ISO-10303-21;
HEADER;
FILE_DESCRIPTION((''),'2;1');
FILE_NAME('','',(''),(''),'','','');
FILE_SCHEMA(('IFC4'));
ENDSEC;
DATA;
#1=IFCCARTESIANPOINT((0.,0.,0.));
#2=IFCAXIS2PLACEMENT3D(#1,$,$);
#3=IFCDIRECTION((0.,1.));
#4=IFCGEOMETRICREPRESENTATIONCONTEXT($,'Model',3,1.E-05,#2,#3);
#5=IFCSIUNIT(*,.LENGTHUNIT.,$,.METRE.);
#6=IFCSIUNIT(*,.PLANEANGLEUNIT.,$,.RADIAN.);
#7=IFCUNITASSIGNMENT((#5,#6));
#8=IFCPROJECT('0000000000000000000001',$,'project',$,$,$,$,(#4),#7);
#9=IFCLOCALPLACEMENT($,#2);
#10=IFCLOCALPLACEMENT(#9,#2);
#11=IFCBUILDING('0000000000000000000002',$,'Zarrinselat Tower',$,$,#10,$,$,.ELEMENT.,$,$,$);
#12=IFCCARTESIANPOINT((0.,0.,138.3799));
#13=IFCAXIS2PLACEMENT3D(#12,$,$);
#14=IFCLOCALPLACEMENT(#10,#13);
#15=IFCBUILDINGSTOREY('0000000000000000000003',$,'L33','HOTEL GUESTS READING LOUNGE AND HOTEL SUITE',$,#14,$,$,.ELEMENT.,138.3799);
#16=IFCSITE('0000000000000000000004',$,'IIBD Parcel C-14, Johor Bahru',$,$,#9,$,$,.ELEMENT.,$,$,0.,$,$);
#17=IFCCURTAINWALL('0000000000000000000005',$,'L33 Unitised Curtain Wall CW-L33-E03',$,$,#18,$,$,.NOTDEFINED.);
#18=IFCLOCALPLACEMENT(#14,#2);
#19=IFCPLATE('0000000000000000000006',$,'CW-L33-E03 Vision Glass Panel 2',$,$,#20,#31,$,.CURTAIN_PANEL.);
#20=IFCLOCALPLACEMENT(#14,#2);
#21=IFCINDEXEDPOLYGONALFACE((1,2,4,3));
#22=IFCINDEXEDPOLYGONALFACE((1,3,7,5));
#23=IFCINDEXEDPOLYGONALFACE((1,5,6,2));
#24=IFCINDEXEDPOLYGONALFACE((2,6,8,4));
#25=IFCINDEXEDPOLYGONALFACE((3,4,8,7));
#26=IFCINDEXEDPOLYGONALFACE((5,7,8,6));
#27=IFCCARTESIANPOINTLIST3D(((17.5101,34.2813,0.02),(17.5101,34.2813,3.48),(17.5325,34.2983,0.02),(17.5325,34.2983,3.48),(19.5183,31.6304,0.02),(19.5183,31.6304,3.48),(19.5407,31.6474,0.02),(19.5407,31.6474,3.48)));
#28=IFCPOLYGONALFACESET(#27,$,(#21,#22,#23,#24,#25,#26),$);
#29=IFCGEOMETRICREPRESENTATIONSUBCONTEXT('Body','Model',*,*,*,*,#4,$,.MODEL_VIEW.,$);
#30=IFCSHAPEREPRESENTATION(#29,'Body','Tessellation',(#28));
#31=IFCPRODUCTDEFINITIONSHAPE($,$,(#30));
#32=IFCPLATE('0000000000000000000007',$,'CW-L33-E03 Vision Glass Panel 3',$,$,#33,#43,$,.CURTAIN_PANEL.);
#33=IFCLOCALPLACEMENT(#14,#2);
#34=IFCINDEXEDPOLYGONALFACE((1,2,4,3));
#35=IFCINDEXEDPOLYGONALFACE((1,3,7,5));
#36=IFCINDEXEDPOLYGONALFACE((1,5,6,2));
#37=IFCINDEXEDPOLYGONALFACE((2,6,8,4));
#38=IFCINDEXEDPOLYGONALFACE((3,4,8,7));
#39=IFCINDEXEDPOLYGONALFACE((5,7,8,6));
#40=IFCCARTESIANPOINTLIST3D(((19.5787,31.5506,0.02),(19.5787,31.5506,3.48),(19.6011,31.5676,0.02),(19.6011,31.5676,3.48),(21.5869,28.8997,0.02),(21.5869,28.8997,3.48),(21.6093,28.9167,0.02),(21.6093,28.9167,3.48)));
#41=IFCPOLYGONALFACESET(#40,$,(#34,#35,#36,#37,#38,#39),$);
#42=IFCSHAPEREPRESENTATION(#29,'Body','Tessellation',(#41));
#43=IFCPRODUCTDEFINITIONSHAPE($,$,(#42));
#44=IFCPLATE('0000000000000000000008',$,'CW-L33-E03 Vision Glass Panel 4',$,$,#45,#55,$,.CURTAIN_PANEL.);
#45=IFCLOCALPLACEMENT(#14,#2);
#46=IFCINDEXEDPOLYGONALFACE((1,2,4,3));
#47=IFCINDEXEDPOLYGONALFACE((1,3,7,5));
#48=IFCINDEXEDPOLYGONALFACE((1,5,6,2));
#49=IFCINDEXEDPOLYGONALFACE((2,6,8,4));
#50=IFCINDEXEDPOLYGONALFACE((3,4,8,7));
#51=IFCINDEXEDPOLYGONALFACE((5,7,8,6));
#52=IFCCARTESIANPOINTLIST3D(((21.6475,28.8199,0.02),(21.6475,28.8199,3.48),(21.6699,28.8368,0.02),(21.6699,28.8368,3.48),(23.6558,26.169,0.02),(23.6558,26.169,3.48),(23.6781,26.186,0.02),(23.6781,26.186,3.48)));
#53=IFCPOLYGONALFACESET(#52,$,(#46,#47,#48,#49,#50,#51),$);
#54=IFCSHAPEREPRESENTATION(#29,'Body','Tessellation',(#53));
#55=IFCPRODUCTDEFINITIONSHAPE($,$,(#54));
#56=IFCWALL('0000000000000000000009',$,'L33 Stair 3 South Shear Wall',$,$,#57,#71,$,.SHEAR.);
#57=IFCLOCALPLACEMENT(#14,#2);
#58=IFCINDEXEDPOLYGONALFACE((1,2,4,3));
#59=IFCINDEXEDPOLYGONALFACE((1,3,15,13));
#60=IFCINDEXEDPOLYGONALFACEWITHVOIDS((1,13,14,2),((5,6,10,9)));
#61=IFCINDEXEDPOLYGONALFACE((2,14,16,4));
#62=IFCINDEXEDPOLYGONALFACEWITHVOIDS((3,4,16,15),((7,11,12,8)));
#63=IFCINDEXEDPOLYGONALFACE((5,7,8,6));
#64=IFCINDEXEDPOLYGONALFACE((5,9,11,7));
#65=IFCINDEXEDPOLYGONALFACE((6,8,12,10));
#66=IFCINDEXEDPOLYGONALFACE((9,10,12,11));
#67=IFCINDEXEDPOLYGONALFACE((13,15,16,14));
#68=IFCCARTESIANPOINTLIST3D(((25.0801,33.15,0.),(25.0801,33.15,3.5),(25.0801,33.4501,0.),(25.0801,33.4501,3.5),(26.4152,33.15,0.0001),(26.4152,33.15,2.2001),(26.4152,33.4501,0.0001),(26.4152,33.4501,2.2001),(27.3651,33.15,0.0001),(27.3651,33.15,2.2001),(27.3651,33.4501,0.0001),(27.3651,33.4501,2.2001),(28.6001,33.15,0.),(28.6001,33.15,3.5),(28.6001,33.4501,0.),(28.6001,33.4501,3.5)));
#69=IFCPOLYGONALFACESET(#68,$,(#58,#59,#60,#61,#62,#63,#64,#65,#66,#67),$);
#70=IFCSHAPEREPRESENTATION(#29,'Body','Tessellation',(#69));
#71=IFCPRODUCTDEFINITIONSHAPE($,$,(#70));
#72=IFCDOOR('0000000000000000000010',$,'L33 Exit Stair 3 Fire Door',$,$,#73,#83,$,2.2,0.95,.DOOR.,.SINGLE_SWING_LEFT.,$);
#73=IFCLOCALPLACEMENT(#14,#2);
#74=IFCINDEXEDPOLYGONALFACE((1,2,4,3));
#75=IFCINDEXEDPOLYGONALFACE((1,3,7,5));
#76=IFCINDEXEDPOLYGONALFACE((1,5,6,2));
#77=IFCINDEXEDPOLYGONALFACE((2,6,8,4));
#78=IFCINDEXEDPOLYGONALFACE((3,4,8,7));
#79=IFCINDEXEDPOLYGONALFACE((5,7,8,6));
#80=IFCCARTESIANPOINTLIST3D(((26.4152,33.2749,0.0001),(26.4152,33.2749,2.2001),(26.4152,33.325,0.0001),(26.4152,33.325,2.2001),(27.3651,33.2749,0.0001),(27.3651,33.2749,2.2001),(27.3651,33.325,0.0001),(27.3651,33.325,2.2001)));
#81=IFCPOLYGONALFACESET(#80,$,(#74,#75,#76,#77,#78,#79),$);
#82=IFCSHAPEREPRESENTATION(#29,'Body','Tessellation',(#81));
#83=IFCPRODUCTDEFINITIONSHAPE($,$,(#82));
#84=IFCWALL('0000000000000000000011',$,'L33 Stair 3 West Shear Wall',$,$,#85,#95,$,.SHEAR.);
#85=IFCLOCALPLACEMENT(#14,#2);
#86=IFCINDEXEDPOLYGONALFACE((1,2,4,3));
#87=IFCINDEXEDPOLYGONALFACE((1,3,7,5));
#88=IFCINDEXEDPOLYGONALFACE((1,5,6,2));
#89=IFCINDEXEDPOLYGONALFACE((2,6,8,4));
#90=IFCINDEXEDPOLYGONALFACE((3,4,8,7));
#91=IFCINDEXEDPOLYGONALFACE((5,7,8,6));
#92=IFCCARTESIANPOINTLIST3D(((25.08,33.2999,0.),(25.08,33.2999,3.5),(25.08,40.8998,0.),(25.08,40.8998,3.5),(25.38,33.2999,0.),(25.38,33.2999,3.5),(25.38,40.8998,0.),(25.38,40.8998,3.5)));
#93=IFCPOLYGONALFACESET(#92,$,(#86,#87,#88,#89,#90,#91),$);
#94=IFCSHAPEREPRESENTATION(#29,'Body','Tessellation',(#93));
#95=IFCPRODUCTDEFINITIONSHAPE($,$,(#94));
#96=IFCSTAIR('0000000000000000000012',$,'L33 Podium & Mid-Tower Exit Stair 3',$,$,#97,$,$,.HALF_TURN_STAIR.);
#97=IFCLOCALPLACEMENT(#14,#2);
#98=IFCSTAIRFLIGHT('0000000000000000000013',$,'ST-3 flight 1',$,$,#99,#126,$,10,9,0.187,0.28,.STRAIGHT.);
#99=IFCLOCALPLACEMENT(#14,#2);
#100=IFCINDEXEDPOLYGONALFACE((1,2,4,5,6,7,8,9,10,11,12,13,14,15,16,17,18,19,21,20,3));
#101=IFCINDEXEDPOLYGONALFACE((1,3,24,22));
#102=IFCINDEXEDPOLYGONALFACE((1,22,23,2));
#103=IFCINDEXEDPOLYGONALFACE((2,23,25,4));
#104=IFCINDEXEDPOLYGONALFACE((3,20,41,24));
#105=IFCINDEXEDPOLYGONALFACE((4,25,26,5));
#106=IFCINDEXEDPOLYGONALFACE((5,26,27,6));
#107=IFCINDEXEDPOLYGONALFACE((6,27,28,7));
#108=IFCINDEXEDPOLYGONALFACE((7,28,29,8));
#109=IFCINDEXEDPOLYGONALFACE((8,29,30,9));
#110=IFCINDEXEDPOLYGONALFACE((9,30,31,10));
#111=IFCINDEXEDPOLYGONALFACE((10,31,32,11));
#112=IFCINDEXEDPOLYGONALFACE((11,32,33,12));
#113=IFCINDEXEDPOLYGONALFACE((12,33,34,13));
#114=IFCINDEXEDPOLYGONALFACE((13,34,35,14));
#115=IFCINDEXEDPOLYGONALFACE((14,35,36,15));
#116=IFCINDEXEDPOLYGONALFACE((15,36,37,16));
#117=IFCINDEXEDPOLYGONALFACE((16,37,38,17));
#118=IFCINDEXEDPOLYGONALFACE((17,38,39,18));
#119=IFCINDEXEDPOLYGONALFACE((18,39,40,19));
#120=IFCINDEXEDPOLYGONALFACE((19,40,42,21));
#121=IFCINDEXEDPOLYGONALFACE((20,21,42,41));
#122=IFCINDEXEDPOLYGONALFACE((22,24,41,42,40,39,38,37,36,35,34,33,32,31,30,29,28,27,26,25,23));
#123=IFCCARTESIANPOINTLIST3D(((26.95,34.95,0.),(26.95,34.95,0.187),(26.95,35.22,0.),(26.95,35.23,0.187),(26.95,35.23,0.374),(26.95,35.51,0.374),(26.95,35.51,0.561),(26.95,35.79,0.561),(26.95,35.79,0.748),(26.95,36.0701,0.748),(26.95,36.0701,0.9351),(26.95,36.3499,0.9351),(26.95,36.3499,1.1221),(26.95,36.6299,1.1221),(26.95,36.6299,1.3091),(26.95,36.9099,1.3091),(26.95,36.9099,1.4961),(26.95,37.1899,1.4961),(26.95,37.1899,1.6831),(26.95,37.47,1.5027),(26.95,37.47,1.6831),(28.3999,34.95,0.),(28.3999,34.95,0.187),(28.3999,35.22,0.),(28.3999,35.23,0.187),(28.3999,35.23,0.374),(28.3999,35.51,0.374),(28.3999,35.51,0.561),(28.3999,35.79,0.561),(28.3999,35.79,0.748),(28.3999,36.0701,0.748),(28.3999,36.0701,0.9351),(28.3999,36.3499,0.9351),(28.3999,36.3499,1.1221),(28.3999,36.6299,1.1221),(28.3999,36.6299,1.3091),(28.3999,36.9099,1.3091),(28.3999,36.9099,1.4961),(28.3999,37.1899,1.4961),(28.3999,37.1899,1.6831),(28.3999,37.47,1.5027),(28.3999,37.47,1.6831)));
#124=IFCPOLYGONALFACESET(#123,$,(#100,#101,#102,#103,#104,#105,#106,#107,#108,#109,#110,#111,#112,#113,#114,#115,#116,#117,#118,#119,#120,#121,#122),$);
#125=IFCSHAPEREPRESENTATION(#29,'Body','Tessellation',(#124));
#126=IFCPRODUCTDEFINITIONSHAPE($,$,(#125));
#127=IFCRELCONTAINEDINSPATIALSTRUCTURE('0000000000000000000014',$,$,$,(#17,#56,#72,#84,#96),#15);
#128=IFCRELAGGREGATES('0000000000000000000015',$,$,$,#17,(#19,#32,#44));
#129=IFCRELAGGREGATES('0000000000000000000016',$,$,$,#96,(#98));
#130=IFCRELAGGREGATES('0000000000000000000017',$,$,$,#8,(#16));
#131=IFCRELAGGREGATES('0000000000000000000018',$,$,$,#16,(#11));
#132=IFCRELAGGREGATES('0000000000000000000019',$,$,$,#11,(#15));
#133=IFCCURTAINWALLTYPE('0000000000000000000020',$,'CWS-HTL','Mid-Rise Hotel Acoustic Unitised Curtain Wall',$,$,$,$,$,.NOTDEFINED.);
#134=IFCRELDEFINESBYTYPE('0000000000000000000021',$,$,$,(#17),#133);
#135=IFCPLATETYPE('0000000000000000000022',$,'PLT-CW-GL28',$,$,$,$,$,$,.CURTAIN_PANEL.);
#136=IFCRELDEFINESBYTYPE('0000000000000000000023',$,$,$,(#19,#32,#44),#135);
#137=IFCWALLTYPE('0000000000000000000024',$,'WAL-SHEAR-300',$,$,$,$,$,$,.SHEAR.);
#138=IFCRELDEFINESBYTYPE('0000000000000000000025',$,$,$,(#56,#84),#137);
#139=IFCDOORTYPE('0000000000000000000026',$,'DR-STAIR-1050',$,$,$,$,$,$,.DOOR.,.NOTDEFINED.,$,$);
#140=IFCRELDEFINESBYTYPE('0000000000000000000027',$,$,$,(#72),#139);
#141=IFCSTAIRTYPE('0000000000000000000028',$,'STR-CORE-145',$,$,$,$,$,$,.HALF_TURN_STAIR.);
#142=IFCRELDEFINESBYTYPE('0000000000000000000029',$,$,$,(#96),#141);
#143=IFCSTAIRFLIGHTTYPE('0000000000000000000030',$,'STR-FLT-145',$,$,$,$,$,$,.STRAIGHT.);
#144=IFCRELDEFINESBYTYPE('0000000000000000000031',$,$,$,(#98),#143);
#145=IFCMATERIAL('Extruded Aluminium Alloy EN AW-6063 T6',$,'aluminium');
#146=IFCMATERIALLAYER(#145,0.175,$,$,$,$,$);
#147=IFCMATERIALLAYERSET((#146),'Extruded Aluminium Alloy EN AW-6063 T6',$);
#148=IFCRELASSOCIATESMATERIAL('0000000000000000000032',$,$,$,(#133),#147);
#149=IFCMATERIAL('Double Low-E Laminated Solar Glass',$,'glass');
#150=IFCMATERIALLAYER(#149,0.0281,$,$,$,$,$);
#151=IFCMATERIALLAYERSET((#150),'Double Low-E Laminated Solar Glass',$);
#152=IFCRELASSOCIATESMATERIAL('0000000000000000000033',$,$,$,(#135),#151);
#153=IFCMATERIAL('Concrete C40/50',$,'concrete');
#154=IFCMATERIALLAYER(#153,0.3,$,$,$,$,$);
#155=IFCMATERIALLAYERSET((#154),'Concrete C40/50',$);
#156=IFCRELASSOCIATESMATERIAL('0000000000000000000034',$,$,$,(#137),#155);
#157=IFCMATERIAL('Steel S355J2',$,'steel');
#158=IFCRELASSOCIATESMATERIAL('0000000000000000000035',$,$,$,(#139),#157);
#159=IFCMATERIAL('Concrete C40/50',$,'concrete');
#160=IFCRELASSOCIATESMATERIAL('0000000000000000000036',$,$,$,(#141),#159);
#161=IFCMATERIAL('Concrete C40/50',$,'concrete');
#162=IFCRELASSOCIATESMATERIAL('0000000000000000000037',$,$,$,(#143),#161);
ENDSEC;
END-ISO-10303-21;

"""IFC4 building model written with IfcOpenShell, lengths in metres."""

from ifc_helpers import new_model, si_unit, direction, frame, frame_2d, origin, origin_2d, place, context, subcontext, project, spatial, polyline, rectangle, outline, extrude, material, layer, layer_set, type_object, element, fill, aggregate, save


model = new_model("IFC4")

# Units and contexts
model_context = context("Model", 3, precision=1e-05, world=origin(), true_north=direction((0.0, 1.0)))
body_context = subcontext(model_context, "Body", "Model", "MODEL_VIEW")
ifc_project = project(units=[si_unit("LENGTHUNIT", "METRE"), si_unit("PLANEANGLEUNIT", "RADIAN")], contexts=[model_context])

# Site, building, storey
site_placement = place(None, origin())
site = spatial("IfcSite", under=ifc_project, at=site_placement, Name="IIBD Parcel C-14, Johor Bahru", CompositionType="ELEMENT", RefElevation=0.0)
building_placement = place(site_placement, origin())
building = spatial("IfcBuilding", under=site, at=building_placement, Name="Zarrinselat Tower", CompositionType="ELEMENT")
storey_placement = place(building_placement, frame((0.0, 0.0, 138.3799)))
storey = spatial("IfcBuildingStorey", under=building, at=storey_placement, Name="L33", Description="HOTEL GUESTS READING LOUNGE AND HOTEL SUITE", CompositionType="ELEMENT", Elevation=138.3799)

# Curtain wall, plates
ifc_material_1 = material(Name="Extruded Aluminium Alloy EN AW-6063 T6", Category="aluminium")
ifc_layer_1 = layer(ifc_material_1, 0.175)
ifc_layer_set_1 = layer_set([ifc_layer_1], Name="Extruded Aluminium Alloy EN AW-6063 T6")
curtain_wall_type = type_object("IfcCurtainWallType", Name="CWS-HTL", Description="Mid-Rise Hotel Acoustic Unitised Curtain Wall", PredefinedType="NOTDEFINED", material=ifc_layer_set_1)
curtain_wall_placement = place(storey_placement, origin())
curtain_wall = element("IfcCurtainWall", 1, at=curtain_wall_placement, inside=storey, type_object=curtain_wall_type, Name="L33 Unitised Curtain Wall CW-L33-E03", PredefinedType="NOTDEFINED")
ifc_material_2 = material(Name="Double Low-E Laminated Solar Glass", Category="glass")
ifc_layer_2 = layer(ifc_material_2, 0.0281)
ifc_layer_set_2 = layer_set([ifc_layer_2], Name="Double Low-E Laminated Solar Glass")
plate_type = type_object("IfcPlateType", Name="PLT-CW-GL28", PredefinedType="CURTAIN_PANEL", material=ifc_layer_set_2)
plate_1_placement = place(storey_placement, frame((18.5254, 32.9644, 0.02), z_axis=(0.0, 0.0, 1.0), x_axis=(0.603856, -0.797094, 0.0)))
plate_1 = element("IfcPlate", 2, at=plate_1_placement, type_object=plate_type, Name="CW-L33-E03 Vision Glass Panel 2", PredefinedType="CURTAIN_PANEL", context=body_context, shape_type="SweptSolid", body=[
    extrude(rectangle(XDim=3.3257, YDim=0.0281, at=origin_2d()), origin(), (0.0, 0.0, 1.0), 3.46),
])
plate_2_placement = place(storey_placement, frame((20.594, 30.2336, 0.02), z_axis=(0.0, 0.0, 1.0), x_axis=(0.603856, -0.797094, 0.0)))
plate_2 = element("IfcPlate", 3, at=plate_2_placement, type_object=plate_type, Name="CW-L33-E03 Vision Glass Panel 3", PredefinedType="CURTAIN_PANEL", context=body_context, shape_type="SweptSolid", body=[
    extrude(rectangle(XDim=3.3257, YDim=0.0281, at=origin_2d()), origin(), (0.0, 0.0, 1.0), 3.46),
])
plate_3_placement = place(storey_placement, frame((22.6628, 27.5029, 0.02), z_axis=(0.0, 0.0, 1.0), x_axis=(0.603856, -0.797094, 0.0)))
plate_3 = element("IfcPlate", 4, at=plate_3_placement, type_object=plate_type, Name="CW-L33-E03 Vision Glass Panel 4", PredefinedType="CURTAIN_PANEL", context=body_context, shape_type="SweptSolid", body=[
    extrude(rectangle(XDim=3.3257, YDim=0.0281, at=origin_2d()), origin(), (0.0, 0.0, 1.0), 3.46),
])
aggregate(curtain_wall, [plate_1, plate_2, plate_3])

# Wall, opening, door
ifc_material_3 = material(Name="Concrete C40/50", Category="concrete")
ifc_layer_3 = layer(ifc_material_3, 0.3)
ifc_layer_set_3 = layer_set([ifc_layer_3], Name="Concrete C40/50")
wall_type = type_object("IfcWallType", Name="WAL-SHEAR-300", PredefinedType="SHEAR", material=ifc_layer_set_3)
wall_1_placement = place(storey_placement, frame((25.0801, 33.3, 0.0), z_axis=(0.0, 0.0, 1.0), x_axis=(1.0, 0.0, 0.0)))
wall_1 = element("IfcWall", 5, at=wall_1_placement, inside=storey, type_object=wall_type, Name="L33 Stair 3 South Shear Wall", PredefinedType="SHEAR", context=body_context, shape_type="SweptSolid", body=[
    extrude(rectangle(XDim=3.52, YDim=0.3, at=frame_2d((1.76, 0.0))), origin(), (0.0, 0.0, 1.0), 3.5),
])
opening_placement = place(wall_1_placement, frame((1.335, 0.0, 0.0)))
opening = element("IfcOpeningElement", 6, at=opening_placement, cuts=wall_1, PredefinedType="OPENING", context=body_context, shape_type="SweptSolid", body=[
    extrude(rectangle(XDim=0.95, YDim=2.2, at=frame_2d((0.4751, 1.1001))), frame((0.0, 0.1599, 0.0), z_axis=(0.0, -1.0, 0.0), x_axis=(1.0, 0.0, 0.0)), (0.0, 0.0, 1.0), 0.3201),
])
ifc_material_4 = material(Name="Steel S355J2", Category="steel")
door_type = type_object("IfcDoorType", Name="DR-STAIR-1050", OperationType="NOTDEFINED", PredefinedType="DOOR", material=ifc_material_4)
door_placement = place(opening_placement, origin())
door = element("IfcDoor", 7, at=door_placement, inside=storey, type_object=door_type, Name="L33 Exit Stair 3 Fire Door", OperationType="SINGLE_SWING_LEFT", OverallHeight=2.2, OverallWidth=0.95, PredefinedType="DOOR", context=body_context, shape_type="SweptSolid", body=[
    extrude(rectangle(XDim=0.95, YDim=2.2, at=frame_2d((0.4751, 1.1001))), frame((0.0, 0.0249, 0.0), z_axis=(0.0, -1.0, 0.0), x_axis=(1.0, 0.0, 0.0)), (0.0, 0.0, 1.0), 0.05),
])
fill(opening, door)

# Wall
wall_2_placement = place(storey_placement, frame((25.23, 33.3, 0.0), z_axis=(0.0, 0.0, 1.0), x_axis=(0.0, 1.0, 0.0)))
element("IfcWall", 8, at=wall_2_placement, inside=storey, type_object=wall_type, Name="L33 Stair 3 West Shear Wall", PredefinedType="SHEAR", context=body_context, shape_type="SweptSolid", body=[
    extrude(rectangle(XDim=7.5999, YDim=0.3, at=frame_2d((3.7998, 0.0))), origin(), (0.0, 0.0, 1.0), 3.5),
])

# Stair, stair flight
ifc_material_5 = material(Name="Concrete C40/50", Category="concrete")
stair_type = type_object("IfcStairType", Name="STR-CORE-145", PredefinedType="HALF_TURN_STAIR", material=ifc_material_5)
stair_placement = place(storey_placement, origin())
stair = element("IfcStair", 9, at=stair_placement, inside=storey, type_object=stair_type, Name="L33 Podium & Mid-Tower Exit Stair 3", PredefinedType="HALF_TURN_STAIR")
ifc_material_6 = material(Name="Concrete C40/50", Category="concrete")
stair_flight_type = type_object("IfcStairFlightType", Name="STR-FLT-145", PredefinedType="STRAIGHT", material=ifc_material_6)
stair_flight_placement = place(storey_placement, frame((27.675, 34.95, 0.0), z_axis=(0.0, 0.0, 1.0), x_axis=(0.0, 1.0, 0.0)))
stair_flight = element("IfcStairFlight", 10, at=stair_flight_placement, type_object=stair_flight_type, Name="ST-3 flight 1", NumberOfRisers=10, NumberOfTreads=9, PredefinedType="STRAIGHT", RiserHeight=0.187, TreadLength=0.28, context=body_context, shape_type="SweptSolid", body=[
    extrude(outline(polyline([(0.0, 0.0), (0.0, 0.187), (0.28, 0.187), (0.28, 0.374), (0.5601, 0.374), (0.5601, 0.561), (0.8401, 0.561), (0.8401, 0.748), (1.1201, 0.748), (1.1201, 0.9351), (1.3999, 0.9351), (1.3999, 1.1221), (1.6799, 1.1221), (1.6799, 1.3091), (1.96, 1.3091), (1.96, 1.4961), (2.24, 1.4961), (2.24, 1.6831), (2.52, 1.6831), (2.52, 1.8701), (2.52, 1.5027), (0.27, 0.0), (0.0, 0.0)])), frame((0.0, 0.7251, 0.0), z_axis=(0.0, -1.0, 0.0), x_axis=(1.0, 0.0, 0.0)), (0.0, 0.0, 1.0), 1.45),
])
aggregate(stair, [stair_flight])

save(model, "model.ifc")
